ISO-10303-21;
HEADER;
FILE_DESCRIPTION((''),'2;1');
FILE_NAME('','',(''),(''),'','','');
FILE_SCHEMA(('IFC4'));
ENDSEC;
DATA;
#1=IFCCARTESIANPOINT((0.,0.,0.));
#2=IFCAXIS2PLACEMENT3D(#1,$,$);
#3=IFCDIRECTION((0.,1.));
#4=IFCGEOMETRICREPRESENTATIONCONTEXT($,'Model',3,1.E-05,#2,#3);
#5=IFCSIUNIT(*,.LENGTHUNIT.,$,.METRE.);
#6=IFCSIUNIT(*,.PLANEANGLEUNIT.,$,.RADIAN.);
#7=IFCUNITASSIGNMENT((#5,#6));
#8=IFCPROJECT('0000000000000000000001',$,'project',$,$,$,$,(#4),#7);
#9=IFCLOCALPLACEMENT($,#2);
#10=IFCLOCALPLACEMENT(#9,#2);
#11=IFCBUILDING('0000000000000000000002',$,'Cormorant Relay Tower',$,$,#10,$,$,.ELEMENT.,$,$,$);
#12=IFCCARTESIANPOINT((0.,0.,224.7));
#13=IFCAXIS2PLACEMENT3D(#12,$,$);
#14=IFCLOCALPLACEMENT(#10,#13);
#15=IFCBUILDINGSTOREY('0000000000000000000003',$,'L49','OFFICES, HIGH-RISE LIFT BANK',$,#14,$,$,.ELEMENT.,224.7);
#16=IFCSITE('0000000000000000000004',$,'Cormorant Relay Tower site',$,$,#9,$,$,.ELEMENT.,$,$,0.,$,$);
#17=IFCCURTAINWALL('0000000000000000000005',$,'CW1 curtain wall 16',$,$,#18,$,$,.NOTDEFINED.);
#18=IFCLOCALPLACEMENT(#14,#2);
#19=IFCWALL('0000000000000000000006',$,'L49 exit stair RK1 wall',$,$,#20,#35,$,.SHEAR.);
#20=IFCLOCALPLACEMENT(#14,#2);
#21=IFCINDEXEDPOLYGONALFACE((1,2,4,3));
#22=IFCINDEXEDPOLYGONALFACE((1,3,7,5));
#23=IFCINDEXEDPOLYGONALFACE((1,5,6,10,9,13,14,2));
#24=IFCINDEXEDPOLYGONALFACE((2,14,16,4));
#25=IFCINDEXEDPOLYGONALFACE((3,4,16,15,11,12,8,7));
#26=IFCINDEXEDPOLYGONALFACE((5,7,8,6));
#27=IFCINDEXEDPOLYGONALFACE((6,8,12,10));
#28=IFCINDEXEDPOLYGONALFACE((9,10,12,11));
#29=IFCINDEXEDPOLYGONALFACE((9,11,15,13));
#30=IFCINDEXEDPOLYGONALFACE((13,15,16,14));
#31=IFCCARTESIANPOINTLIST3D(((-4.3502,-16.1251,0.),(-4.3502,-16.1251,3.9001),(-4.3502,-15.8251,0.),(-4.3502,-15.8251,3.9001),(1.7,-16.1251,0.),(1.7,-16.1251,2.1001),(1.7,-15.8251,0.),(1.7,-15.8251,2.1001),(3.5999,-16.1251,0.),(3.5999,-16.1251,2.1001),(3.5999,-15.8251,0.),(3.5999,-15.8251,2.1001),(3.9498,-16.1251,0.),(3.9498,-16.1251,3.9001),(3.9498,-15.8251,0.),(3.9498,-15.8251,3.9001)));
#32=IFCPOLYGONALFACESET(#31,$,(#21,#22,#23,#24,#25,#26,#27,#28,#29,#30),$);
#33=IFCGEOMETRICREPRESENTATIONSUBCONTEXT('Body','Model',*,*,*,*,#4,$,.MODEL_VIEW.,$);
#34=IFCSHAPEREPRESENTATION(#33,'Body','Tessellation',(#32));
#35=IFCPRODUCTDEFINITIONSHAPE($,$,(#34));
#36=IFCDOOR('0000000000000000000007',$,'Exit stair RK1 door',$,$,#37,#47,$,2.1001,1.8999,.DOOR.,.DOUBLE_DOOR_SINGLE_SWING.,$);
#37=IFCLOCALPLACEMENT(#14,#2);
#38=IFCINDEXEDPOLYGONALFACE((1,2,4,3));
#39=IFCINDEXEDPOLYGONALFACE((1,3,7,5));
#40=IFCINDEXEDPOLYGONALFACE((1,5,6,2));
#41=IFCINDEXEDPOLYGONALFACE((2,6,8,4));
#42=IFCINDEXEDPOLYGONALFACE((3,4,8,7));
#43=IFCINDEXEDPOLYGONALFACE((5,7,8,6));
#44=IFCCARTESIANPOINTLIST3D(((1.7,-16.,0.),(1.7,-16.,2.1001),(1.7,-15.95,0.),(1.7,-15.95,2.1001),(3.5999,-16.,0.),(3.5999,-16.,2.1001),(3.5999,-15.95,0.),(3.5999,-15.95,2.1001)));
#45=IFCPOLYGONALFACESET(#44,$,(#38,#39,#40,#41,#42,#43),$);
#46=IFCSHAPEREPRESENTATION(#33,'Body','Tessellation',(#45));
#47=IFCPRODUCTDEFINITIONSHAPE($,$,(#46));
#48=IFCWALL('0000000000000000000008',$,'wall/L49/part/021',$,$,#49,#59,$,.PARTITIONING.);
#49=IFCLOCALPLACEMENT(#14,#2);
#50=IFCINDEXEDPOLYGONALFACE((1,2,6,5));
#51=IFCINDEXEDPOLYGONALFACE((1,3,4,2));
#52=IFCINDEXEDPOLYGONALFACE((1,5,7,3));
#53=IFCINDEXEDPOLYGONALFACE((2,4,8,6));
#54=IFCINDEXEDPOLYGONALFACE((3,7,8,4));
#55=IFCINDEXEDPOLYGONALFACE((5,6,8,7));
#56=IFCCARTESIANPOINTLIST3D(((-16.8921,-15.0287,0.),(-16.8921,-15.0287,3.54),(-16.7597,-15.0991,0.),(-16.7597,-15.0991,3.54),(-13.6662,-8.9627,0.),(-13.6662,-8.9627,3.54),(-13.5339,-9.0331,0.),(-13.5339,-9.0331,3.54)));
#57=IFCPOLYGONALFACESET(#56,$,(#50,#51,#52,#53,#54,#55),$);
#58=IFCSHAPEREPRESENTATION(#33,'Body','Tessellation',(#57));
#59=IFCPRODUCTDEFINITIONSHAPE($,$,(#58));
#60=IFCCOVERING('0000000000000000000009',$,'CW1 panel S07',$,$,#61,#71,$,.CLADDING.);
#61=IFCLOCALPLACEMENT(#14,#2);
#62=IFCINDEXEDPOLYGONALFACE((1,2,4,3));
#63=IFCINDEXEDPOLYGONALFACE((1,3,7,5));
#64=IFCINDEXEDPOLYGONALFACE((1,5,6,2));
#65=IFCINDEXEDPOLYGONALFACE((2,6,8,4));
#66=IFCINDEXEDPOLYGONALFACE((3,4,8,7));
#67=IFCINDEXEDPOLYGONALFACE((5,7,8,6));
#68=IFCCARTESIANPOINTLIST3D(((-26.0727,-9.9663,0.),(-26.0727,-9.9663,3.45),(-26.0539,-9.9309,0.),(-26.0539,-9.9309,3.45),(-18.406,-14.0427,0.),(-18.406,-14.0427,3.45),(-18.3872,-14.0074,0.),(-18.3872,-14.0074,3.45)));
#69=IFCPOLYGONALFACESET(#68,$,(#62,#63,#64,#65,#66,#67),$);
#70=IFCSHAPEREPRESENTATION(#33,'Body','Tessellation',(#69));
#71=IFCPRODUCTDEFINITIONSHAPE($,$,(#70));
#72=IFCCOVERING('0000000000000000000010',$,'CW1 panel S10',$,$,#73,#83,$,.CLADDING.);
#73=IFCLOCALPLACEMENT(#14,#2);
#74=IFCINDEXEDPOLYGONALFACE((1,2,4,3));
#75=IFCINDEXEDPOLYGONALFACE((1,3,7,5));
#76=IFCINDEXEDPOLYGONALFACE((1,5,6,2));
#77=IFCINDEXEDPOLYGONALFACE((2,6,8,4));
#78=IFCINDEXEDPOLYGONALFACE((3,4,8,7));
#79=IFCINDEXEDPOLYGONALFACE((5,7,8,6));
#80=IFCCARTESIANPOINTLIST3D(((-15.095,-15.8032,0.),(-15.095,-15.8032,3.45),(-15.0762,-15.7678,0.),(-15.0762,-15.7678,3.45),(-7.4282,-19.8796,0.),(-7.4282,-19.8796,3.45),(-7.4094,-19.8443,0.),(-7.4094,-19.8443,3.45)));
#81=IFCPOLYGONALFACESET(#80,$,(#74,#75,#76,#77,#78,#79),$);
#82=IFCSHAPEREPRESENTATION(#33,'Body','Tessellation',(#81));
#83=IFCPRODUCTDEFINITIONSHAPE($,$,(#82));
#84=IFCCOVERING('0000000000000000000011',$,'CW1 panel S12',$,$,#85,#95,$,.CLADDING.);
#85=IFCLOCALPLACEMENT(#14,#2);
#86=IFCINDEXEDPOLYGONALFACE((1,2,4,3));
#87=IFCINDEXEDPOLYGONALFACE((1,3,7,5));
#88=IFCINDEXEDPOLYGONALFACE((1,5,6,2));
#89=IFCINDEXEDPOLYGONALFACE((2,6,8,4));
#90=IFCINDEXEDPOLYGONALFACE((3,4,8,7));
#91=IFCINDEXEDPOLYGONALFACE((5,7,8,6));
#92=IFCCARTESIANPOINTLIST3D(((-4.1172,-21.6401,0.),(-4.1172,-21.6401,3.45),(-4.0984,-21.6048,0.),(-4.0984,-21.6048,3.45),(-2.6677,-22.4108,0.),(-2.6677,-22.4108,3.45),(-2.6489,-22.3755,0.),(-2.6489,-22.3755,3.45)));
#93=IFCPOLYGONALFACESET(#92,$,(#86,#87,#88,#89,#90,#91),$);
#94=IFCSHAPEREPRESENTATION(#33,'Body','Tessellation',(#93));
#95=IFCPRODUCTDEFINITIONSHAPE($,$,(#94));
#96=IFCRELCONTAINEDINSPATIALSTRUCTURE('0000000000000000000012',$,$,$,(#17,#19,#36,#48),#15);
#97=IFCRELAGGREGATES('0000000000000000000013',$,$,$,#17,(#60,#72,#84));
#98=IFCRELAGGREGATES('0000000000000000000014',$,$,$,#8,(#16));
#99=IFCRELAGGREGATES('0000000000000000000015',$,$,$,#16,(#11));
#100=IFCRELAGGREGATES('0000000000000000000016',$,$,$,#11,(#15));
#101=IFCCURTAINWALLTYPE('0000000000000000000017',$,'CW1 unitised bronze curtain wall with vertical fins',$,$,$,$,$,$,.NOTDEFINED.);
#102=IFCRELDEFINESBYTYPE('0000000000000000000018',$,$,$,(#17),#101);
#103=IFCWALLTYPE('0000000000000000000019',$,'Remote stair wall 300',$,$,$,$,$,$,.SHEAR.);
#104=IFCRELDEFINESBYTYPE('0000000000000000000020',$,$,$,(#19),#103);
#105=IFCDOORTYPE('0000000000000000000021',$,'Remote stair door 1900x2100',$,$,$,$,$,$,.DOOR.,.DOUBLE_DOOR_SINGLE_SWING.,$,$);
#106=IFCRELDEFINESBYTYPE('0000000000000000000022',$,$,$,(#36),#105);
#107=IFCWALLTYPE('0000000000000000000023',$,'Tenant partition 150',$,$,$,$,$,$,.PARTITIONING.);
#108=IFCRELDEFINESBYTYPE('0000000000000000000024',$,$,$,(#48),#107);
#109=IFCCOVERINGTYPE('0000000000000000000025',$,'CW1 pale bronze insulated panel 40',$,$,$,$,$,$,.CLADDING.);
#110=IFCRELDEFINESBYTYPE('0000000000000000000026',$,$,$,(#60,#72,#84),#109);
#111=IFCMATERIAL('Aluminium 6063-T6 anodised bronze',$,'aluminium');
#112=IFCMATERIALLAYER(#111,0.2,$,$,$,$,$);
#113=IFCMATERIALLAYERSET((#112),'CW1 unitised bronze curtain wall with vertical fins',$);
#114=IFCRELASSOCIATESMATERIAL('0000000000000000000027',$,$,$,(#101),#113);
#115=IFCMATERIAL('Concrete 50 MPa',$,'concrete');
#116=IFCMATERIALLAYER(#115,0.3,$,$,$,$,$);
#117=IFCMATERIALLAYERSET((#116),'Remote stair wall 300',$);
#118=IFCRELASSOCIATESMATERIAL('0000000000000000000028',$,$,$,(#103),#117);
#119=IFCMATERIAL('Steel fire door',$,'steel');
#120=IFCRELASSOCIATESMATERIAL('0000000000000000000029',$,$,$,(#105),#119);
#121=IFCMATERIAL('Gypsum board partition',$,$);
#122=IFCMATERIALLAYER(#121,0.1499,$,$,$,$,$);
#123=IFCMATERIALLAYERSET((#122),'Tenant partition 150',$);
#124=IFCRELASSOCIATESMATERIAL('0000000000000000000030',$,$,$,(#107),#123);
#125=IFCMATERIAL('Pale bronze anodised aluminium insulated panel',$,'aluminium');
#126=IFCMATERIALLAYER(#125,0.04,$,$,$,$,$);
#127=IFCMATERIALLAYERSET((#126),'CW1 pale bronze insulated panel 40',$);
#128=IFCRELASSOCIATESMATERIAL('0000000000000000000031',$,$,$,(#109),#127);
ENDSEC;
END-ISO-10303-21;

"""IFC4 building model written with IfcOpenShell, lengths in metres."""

from ifc_helpers import new_model, si_unit, direction, frame, frame_2d, origin, origin_2d, place, context, subcontext, project, spatial, rectangle, extrude, material, layer, layer_set, type_object, element, fill, aggregate, save


model = new_model("IFC4")

# Units and contexts
model_context = context("Model", 3, precision=1e-05, world=origin(), true_north=direction((0.0, 1.0)))
body_context = subcontext(model_context, "Body", "Model", "MODEL_VIEW")
ifc_project = project(units=[si_unit("LENGTHUNIT", "METRE"), si_unit("PLANEANGLEUNIT", "RADIAN")], contexts=[model_context])

# Site, building, storey
site_placement = place(None, origin())
site = spatial("IfcSite", under=ifc_project, at=site_placement, Name="Cormorant Relay Tower site", CompositionType="ELEMENT", RefElevation=0.0)
building_placement = place(site_placement, origin())
building = spatial("IfcBuilding", under=site, at=building_placement, Name="Cormorant Relay Tower", CompositionType="ELEMENT")
storey_placement = place(building_placement, frame((0.0, 0.0, 224.7)))
storey = spatial("IfcBuildingStorey", under=building, at=storey_placement, Name="L49", Description="OFFICES, HIGH-RISE LIFT BANK", CompositionType="ELEMENT", Elevation=224.7)

# Curtain wall
ifc_material_1 = material(Name="Aluminium 6063-T6 anodised bronze", Category="aluminium")
ifc_layer_1 = layer(ifc_material_1, 0.2)
ifc_layer_set_1 = layer_set([ifc_layer_1], Name="CW1 unitised bronze curtain wall with vertical fins")
curtain_wall_type = type_object("IfcCurtainWallType", Name="CW1 unitised bronze curtain wall with vertical fins", PredefinedType="NOTDEFINED", material=ifc_layer_set_1)
curtain_wall_placement = place(storey_placement, origin())
curtain_wall = element("IfcCurtainWall", 1, at=curtain_wall_placement, inside=storey, type_object=curtain_wall_type, Name="CW1 curtain wall 16", PredefinedType="NOTDEFINED")

# Shared definitions
ifc_material_2 = material(Name="Concrete 50 MPa", Category="concrete")
ifc_layer_2 = layer(ifc_material_2, 0.3)
ifc_layer_set_2 = layer_set([ifc_layer_2], Name="Remote stair wall 300")
wall_type_1 = type_object("IfcWallType", Name="Remote stair wall 300", PredefinedType="SHEAR", material=ifc_layer_set_2)

# Wall, opening, door
wall_1_placement = place(storey_placement, frame((-4.3501, -15.9751, 0.0), z_axis=(0.0, 0.0, 1.0), x_axis=(1.0, 0.0, 0.0)))
wall_1 = element("IfcWall", 2, at=wall_1_placement, inside=storey, type_object=wall_type_1, Name="L49 exit stair RK1 wall", PredefinedType="SHEAR", context=body_context, shape_type="SweptSolid", body=[
    extrude(rectangle(XDim=8.3, YDim=0.3, at=frame_2d((4.1499, 0.0))), origin(), (0.0, 0.0, 1.0), 3.9001),
])
opening_1_placement = place(wall_1_placement, frame((6.05, 0.0, 0.0)))
opening_1 = element("IfcOpeningElement", 3, at=opening_1_placement, cuts=wall_1, PredefinedType="OPENING", context=body_context, shape_type="SweptSolid", body=[
    extrude(rectangle(XDim=1.8999, YDim=2.1001, at=frame_2d((0.95, 1.05))), frame((0.0, 0.1599, 0.0), z_axis=(0.0, -1.0, 0.0), x_axis=(1.0, 0.0, 0.0)), (0.0, 0.0, 1.0), 0.3201),
])
ifc_material_3 = material(Name="Steel fire door", Category="steel")
door_type_1 = type_object("IfcDoorType", Name="Remote stair door 1900x2100", OperationType="DOUBLE_DOOR_SINGLE_SWING", PredefinedType="DOOR", material=ifc_material_3)
door_1_placement = place(opening_1_placement, frame((1.8999, 0.0, 0.0), z_axis=(0.0, 0.0, 1.0), x_axis=(-1.0, 0.0, 0.0)))
door_1 = element("IfcDoor", 4, at=door_1_placement, inside=storey, type_object=door_type_1, Name="Exit stair RK1 door", OperationType="DOUBLE_DOOR_SINGLE_SWING", OverallHeight=2.1001, OverallWidth=1.8999, PredefinedType="DOOR", context=body_context, shape_type="SweptSolid", body=[
    extrude(rectangle(XDim=1.8999, YDim=2.1001, at=frame_2d((0.95, 1.05))), frame((0.0, 0.0249, 0.0), z_axis=(0.0, -1.0, 0.0), x_axis=(1.0, 0.0, 0.0)), (0.0, 0.0, 1.0), 0.05),
])
fill(opening_1, door_1)

# Wall
ifc_material_4 = material(Name="Gypsum board partition")
ifc_layer_3 = layer(ifc_material_4, 0.1499)
ifc_layer_set_3 = layer_set([ifc_layer_3], Name="Tenant partition 150")
wall_type_2 = type_object("IfcWallType", Name="Tenant partition 150", PredefinedType="PARTITIONING", material=ifc_layer_set_3)
wall_2_placement = place(storey_placement, frame((-13.6001, -8.998, 0.0), z_axis=(0.0, 0.0, 1.0), x_axis=(-0.469531, -0.882916, 0.0)))
element("IfcWall", 5, at=wall_2_placement, inside=storey, type_object=wall_type_2, Name="wall/L49/part/021", PredefinedType="PARTITIONING", context=body_context, shape_type="SweptSolid", body=[
    extrude(rectangle(XDim=6.8704, YDim=0.1499, at=frame_2d((3.4351, 0.0))), origin(), (0.0, 0.0, 1.0), 3.54),
])

# Coverings
ifc_material_5 = material(Name="Pale bronze anodised aluminium insulated panel", Category="aluminium")
ifc_layer_4 = layer(ifc_material_5, 0.04)
ifc_layer_set_4 = layer_set([ifc_layer_4], Name="CW1 pale bronze insulated panel 40")
covering_type = type_object("IfcCoveringType", Name="CW1 pale bronze insulated panel 40", PredefinedType="CLADDING", material=ifc_layer_set_4)
covering_1_placement = place(storey_placement, frame((-22.23, -11.9868, 0.0), z_axis=(0.0, 0.0, 1.0), x_axis=(0.882948, -0.469472, 0.0)))
covering_1 = element("IfcCovering", 6, at=covering_1_placement, type_object=covering_type, Name="CW1 panel S07", PredefinedType="CLADDING", context=body_context, shape_type="SweptSolid", body=[
    extrude(rectangle(XDim=8.6831, YDim=0.04, at=origin_2d()), origin(), (0.0, 0.0, 1.0), 3.45),
])
covering_2_placement = place(storey_placement, frame((-11.2522, -17.8237, 0.0), z_axis=(0.0, 0.0, 1.0), x_axis=(0.882948, -0.469472, 0.0)))
covering_2 = element("IfcCovering", 7, at=covering_2_placement, type_object=covering_type, Name="CW1 panel S10", PredefinedType="CLADDING", context=body_context, shape_type="SweptSolid", body=[
    extrude(rectangle(XDim=8.6831, YDim=0.04, at=origin_2d()), origin(), (0.0, 0.0, 1.0), 3.45),
])
covering_3_placement = place(storey_placement, frame((-3.3831, -22.0078, 0.0), z_axis=(0.0, 0.0, 1.0), x_axis=(0.882948, -0.469472, 0.0)))
covering_3 = element("IfcCovering", 8, at=covering_3_placement, type_object=covering_type, Name="CW1 panel S12", PredefinedType="CLADDING", context=body_context, shape_type="SweptSolid", body=[
    extrude(rectangle(XDim=1.6416, YDim=0.04, at=origin_2d()), origin(), (0.0, 0.0, 1.0), 3.45),
])
aggregate(curtain_wall, [covering_1, covering_2, covering_3])

save(model, "model.ifc")
